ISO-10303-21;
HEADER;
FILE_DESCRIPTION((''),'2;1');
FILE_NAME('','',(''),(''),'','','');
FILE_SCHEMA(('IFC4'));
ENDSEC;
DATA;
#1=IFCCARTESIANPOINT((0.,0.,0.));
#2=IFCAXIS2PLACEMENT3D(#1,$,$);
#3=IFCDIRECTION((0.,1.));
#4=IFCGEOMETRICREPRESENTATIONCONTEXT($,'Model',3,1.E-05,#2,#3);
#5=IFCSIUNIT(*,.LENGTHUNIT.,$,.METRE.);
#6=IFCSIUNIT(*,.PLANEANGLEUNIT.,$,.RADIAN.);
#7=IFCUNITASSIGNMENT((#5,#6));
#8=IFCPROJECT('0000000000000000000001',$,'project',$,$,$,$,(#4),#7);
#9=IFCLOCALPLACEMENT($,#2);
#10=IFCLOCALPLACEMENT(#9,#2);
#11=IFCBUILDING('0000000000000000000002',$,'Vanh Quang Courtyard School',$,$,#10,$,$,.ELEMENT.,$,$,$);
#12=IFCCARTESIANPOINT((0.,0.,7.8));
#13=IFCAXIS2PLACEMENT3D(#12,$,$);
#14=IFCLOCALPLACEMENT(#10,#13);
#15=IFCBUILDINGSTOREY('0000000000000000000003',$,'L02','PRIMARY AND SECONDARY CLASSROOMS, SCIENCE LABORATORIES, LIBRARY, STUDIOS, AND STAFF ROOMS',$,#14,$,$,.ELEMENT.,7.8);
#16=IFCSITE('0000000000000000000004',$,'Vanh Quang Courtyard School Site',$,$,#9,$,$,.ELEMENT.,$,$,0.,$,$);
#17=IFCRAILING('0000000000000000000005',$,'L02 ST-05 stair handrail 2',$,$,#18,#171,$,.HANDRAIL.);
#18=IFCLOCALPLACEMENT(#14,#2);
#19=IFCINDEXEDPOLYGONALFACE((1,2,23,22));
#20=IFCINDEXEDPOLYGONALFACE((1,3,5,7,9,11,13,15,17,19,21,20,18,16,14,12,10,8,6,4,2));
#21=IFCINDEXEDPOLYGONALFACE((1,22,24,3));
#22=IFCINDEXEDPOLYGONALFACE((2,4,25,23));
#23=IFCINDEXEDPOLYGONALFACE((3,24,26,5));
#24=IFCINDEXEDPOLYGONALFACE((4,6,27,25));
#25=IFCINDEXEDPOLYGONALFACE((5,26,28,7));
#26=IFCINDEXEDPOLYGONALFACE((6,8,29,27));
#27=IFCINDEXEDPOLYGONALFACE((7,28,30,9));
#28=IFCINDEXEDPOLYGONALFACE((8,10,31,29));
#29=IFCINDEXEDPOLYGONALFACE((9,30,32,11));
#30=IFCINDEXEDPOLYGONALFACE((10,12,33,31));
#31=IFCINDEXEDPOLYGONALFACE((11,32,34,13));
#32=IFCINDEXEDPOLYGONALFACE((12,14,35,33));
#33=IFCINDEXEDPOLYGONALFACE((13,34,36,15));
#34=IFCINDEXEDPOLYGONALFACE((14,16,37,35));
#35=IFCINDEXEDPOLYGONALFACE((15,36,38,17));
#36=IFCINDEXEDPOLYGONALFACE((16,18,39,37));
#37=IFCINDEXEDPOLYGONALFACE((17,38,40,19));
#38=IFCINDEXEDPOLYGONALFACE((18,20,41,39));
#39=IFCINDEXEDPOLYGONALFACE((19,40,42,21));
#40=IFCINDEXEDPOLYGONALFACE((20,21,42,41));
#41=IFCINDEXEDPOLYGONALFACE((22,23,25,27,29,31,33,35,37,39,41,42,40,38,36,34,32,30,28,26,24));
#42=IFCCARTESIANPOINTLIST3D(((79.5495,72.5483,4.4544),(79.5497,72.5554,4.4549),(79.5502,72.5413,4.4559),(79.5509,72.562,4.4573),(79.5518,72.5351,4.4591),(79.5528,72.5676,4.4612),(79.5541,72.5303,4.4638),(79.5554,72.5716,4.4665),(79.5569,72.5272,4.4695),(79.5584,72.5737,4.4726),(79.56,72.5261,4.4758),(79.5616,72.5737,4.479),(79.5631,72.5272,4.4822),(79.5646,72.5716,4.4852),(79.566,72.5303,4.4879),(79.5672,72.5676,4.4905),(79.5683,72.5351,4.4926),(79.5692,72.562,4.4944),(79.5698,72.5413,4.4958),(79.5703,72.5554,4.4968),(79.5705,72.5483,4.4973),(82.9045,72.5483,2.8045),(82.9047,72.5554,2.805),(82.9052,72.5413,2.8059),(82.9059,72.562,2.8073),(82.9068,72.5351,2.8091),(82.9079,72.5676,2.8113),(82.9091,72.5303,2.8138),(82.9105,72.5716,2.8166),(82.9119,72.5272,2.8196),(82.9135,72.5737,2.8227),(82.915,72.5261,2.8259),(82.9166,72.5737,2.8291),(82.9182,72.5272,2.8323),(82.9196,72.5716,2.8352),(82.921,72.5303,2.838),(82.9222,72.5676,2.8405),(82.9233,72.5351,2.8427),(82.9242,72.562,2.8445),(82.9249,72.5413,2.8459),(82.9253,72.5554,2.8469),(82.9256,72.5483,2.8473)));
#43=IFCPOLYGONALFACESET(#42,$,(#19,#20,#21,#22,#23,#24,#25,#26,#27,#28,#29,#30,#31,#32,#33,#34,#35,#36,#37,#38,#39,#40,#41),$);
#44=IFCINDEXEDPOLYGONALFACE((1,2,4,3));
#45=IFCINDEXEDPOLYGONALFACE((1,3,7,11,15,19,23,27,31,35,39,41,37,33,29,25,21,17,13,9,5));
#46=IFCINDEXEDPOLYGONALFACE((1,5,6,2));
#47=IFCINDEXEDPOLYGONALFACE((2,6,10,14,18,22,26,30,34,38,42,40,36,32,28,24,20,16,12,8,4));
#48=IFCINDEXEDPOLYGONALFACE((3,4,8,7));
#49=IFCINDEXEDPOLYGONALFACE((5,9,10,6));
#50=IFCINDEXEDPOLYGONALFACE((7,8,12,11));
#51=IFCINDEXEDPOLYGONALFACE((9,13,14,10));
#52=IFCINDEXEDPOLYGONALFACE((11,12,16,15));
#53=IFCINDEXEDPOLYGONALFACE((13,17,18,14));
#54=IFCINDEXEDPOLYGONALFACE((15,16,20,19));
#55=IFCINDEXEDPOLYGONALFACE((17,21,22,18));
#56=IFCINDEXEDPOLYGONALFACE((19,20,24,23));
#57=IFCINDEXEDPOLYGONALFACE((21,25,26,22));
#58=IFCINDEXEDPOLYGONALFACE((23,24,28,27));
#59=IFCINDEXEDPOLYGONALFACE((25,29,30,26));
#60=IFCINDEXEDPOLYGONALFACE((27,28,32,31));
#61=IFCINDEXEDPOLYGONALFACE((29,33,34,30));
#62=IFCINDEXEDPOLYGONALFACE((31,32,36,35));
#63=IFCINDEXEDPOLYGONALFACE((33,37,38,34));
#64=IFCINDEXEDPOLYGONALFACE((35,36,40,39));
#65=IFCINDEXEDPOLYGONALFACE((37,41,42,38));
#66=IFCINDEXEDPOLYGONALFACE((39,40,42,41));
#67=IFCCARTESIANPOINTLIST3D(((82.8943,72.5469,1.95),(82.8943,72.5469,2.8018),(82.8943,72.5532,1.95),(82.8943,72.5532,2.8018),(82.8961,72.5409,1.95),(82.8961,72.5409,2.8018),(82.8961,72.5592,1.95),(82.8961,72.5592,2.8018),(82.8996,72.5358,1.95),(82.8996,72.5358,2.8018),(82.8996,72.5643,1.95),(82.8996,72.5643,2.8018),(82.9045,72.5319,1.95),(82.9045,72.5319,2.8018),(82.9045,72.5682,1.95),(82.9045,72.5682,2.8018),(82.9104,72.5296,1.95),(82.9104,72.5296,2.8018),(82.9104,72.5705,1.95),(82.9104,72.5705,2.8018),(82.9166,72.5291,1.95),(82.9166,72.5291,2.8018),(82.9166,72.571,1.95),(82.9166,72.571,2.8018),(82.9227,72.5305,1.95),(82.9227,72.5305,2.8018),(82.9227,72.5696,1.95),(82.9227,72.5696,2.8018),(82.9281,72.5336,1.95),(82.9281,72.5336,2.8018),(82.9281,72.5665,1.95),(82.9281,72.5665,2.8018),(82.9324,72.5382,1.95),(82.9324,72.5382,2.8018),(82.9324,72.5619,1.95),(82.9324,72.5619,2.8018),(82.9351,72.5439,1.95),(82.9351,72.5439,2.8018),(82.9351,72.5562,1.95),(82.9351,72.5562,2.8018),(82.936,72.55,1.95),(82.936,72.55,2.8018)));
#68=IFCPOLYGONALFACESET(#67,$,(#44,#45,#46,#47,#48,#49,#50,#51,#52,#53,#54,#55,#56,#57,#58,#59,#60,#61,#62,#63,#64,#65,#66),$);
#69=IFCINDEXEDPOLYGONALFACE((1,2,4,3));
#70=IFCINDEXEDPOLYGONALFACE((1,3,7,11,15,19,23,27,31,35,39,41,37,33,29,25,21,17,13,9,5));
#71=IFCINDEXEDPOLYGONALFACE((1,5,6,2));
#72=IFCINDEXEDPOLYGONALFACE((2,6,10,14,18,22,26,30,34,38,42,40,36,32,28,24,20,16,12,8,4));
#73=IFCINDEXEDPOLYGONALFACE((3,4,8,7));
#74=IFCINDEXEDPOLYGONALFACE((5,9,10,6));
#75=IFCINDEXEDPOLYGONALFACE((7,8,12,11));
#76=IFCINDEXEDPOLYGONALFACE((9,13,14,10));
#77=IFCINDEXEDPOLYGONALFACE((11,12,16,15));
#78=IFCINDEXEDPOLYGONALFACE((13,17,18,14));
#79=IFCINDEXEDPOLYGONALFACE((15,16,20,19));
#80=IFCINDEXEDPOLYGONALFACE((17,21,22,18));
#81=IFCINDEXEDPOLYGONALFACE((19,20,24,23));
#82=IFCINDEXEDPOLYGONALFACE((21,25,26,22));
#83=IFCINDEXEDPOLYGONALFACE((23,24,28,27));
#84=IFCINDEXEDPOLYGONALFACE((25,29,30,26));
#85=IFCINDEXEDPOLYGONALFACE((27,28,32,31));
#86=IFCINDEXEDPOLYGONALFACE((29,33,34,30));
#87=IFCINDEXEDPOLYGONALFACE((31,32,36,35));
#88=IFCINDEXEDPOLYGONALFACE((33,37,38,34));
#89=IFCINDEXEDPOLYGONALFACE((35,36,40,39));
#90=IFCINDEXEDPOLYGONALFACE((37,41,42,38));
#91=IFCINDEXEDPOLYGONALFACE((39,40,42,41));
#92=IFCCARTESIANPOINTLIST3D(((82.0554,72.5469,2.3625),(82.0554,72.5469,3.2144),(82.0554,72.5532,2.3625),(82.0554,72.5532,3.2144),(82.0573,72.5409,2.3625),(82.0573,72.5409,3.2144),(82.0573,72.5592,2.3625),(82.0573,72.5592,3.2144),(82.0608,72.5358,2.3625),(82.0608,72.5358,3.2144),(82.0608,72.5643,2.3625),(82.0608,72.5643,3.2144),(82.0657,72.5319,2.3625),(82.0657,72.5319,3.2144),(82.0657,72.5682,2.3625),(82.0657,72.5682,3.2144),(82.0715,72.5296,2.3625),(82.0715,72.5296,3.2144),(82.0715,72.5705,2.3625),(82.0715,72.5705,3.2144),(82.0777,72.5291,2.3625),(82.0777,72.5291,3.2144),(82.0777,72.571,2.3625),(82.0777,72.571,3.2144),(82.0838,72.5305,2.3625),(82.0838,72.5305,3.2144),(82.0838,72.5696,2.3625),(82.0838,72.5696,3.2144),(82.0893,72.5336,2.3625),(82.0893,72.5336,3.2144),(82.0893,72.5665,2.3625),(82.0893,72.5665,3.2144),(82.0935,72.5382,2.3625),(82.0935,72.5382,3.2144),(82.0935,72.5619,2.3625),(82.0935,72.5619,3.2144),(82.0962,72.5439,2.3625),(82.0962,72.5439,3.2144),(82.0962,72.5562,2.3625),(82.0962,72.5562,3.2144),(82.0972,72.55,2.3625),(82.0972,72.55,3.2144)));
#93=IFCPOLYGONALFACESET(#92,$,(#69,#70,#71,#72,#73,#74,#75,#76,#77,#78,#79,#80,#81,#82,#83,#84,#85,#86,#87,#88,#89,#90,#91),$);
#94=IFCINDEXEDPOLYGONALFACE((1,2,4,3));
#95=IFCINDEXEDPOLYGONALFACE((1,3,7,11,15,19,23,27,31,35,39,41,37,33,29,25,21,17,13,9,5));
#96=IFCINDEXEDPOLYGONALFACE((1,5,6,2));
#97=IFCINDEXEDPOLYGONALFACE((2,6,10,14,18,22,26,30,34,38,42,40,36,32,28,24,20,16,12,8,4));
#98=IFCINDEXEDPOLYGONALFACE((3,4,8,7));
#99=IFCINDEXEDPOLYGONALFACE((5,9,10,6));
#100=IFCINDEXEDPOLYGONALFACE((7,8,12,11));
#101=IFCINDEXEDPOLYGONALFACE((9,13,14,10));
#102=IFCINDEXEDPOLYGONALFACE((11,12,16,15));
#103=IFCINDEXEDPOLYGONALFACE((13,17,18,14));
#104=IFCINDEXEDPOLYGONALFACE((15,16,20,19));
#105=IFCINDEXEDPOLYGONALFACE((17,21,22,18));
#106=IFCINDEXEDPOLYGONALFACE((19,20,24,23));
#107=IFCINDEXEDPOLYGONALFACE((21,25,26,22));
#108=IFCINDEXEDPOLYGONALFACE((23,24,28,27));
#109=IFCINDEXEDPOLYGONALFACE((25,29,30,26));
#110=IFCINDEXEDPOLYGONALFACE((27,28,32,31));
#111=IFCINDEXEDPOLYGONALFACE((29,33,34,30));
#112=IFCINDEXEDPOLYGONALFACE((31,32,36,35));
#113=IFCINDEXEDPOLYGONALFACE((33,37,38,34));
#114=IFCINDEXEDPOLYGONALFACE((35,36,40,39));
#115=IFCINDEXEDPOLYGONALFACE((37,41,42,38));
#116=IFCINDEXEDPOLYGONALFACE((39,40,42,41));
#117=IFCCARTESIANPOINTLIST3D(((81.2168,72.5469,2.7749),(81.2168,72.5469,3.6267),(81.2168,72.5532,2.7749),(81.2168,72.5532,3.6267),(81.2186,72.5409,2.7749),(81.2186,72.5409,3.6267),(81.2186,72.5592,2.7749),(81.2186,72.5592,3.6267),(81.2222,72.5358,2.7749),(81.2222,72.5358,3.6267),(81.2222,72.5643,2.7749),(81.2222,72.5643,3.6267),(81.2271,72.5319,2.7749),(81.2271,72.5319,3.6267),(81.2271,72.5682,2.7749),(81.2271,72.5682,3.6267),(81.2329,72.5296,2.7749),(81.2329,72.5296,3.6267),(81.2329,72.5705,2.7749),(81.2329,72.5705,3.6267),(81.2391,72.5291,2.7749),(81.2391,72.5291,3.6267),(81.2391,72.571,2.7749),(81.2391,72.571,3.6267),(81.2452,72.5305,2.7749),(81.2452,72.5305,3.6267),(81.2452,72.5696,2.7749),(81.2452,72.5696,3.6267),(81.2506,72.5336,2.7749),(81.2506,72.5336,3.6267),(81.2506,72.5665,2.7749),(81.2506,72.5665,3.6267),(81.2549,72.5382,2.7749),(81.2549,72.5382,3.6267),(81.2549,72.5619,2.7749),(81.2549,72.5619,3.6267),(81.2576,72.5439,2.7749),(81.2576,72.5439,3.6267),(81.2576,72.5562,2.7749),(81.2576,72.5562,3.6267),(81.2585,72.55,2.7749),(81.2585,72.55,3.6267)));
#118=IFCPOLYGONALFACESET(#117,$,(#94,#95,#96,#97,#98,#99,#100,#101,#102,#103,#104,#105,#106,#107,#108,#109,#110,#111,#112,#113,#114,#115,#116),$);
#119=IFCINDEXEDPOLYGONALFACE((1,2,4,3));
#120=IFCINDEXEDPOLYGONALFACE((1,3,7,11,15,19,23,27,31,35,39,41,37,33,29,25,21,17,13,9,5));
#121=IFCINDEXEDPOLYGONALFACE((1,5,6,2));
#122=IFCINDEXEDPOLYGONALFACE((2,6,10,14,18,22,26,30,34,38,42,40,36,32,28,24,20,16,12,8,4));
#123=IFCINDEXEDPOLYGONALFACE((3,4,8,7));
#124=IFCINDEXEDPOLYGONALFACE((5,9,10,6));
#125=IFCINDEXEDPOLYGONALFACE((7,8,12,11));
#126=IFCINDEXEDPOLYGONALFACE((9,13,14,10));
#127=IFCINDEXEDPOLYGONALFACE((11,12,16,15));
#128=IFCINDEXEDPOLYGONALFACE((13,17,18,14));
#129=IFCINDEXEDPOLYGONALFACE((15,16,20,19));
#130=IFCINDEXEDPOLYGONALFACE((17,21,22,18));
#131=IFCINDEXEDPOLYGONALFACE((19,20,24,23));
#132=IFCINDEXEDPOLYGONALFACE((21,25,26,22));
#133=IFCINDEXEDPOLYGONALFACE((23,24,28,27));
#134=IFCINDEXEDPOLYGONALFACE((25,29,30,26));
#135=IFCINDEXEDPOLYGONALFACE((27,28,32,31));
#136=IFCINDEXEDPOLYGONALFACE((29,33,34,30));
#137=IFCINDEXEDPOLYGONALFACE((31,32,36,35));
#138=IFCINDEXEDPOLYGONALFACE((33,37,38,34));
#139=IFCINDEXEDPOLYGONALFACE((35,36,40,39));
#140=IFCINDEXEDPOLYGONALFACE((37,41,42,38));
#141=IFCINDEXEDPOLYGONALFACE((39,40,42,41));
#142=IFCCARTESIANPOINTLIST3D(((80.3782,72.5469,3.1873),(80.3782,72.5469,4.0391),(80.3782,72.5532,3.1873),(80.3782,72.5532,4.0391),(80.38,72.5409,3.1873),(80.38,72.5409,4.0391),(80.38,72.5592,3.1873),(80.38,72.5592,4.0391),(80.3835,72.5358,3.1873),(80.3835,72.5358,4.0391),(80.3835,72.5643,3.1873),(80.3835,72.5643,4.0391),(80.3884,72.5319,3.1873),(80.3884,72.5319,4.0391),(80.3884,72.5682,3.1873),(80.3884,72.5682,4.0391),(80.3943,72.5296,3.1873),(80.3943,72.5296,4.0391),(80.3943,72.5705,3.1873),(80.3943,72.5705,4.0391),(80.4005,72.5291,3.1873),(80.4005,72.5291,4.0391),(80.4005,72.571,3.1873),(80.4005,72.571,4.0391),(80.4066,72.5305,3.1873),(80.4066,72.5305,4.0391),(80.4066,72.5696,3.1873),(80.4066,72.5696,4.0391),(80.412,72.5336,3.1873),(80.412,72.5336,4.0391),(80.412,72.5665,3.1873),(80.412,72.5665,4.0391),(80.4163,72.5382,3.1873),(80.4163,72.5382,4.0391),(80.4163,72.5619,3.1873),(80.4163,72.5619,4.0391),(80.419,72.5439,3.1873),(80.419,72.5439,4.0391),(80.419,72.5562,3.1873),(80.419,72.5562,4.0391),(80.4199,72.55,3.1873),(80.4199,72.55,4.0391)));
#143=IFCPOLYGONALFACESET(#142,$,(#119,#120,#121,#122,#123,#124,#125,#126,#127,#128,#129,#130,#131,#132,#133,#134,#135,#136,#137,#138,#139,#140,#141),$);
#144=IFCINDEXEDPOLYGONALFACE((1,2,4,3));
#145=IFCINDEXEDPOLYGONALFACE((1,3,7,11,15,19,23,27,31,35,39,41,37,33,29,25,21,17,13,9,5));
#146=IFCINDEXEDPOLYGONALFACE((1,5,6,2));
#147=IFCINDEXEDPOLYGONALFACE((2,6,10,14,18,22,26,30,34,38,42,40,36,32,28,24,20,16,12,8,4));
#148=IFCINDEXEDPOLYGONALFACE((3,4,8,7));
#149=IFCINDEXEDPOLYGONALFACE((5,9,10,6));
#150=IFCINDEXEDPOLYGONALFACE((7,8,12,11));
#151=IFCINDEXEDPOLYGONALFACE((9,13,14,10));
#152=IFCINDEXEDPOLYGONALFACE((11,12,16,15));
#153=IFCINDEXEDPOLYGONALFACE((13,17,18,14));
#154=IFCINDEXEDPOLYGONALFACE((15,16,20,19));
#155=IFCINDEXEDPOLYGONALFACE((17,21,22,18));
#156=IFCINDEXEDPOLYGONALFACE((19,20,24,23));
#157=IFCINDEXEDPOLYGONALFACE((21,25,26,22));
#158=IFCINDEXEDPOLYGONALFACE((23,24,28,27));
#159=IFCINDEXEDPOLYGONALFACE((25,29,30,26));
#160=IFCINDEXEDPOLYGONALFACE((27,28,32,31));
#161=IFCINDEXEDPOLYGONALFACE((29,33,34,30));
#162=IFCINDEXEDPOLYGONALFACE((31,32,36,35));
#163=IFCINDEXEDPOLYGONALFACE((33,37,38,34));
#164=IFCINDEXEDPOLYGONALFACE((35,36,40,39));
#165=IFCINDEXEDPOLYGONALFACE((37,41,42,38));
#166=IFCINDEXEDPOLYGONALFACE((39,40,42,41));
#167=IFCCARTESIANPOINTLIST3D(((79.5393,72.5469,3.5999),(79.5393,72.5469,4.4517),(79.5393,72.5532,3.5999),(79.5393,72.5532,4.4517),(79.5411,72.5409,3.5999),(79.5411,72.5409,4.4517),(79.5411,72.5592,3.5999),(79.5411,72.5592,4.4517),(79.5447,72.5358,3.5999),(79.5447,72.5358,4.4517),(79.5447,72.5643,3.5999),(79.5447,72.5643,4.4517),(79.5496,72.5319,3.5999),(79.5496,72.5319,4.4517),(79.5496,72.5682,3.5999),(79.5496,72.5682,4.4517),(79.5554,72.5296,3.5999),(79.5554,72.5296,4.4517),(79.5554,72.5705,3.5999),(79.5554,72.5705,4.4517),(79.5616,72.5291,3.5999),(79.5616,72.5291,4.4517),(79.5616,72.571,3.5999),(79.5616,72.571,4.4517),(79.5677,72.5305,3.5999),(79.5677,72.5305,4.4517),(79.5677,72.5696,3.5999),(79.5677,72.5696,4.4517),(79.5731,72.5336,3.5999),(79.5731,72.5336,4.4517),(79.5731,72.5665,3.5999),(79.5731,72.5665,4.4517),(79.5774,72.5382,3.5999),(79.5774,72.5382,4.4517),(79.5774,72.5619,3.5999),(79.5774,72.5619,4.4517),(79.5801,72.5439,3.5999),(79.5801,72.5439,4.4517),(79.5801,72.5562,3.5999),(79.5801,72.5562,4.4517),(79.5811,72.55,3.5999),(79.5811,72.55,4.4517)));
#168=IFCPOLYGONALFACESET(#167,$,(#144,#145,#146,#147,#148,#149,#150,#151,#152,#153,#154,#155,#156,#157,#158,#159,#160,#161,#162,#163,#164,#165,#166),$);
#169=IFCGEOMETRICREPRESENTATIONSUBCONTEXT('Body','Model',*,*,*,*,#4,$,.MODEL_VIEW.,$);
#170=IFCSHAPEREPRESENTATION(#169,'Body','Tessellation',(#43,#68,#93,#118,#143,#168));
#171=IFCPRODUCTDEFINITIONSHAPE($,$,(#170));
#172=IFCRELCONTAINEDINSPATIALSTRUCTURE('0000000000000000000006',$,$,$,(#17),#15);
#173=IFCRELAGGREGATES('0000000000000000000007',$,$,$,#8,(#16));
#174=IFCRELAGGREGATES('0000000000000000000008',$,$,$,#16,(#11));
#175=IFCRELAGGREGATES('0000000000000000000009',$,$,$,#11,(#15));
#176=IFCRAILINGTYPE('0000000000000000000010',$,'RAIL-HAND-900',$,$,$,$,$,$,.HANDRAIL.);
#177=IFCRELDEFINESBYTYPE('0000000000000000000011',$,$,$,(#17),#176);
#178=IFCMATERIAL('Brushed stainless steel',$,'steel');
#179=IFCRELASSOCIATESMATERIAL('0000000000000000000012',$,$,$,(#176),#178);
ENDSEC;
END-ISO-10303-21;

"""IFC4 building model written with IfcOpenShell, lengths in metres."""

from ifc_helpers import new_model, si_unit, direction, frame, origin, origin_2d, place, context, subcontext, project, spatial, circle, extrude, material, type_object, element, save


model = new_model("IFC4")

# Units and contexts
model_context = context("Model", 3, precision=1e-05, world=origin(), true_north=direction((0.0, 1.0)))
body_context = subcontext(model_context, "Body", "Model", "MODEL_VIEW")
ifc_project = project(units=[si_unit("LENGTHUNIT", "METRE"), si_unit("PLANEANGLEUNIT", "RADIAN")], contexts=[model_context])

# Site, building, storey
site_placement = place(None, origin())
site = spatial("IfcSite", under=ifc_project, at=site_placement, Name="Vanh Quang Courtyard School Site", CompositionType="ELEMENT", RefElevation=0.0)
building_placement = place(site_placement, origin())
building = spatial("IfcBuilding", under=site, at=building_placement, Name="Vanh Quang Courtyard School", CompositionType="ELEMENT")
storey_placement = place(building_placement, frame((0.0, 0.0, 7.8)))
storey = spatial("IfcBuildingStorey", under=building, at=storey_placement, Name="L02", Description="PRIMARY AND SECONDARY CLASSROOMS, SCIENCE LABORATORIES, LIBRARY, STUDIOS, AND STAFF ROOMS", CompositionType="ELEMENT", Elevation=7.8)

# Railing
ifc_material_1 = material(Name="Brushed stainless steel", Category="steel")
railing_type_1 = type_object("IfcRailingType", Name="RAIL-HAND-900", PredefinedType="HANDRAIL", material=ifc_material_1)
railing_1_placement = place(storey_placement, frame((82.915, 72.55, 1.95)))
element("IfcRailing", 1, at=railing_1_placement, inside=storey, type_object=railing_type_1, Name="L02 ST-05 stair handrail 2", PredefinedType="HANDRAIL", context=body_context, shape_type="SweptSolid", body=[
    extrude(circle(Radius=0.0239, at=origin_2d()), frame((0.0, 0.0, 0.876), z_axis=(-0.897359, 0.0, 0.441301), x_axis=(0.0, -1.0, 0.0)), (0.0, 0.0, 1.0), 3.7388),
    extrude(circle(Radius=0.021, at=origin_2d()), origin(), (0.0, 0.0, 1.0), 0.8518),
    extrude(circle(Radius=0.021, at=origin_2d()), frame((-0.8389, 0.0, 0.4126)), (0.0, 0.0, 1.0), 0.8518),
    extrude(circle(Radius=0.021, at=origin_2d()), frame((-1.6775, 0.0, 0.825)), (0.0, 0.0, 1.0), 0.8518),
    extrude(circle(Radius=0.021, at=origin_2d()), frame((-2.5161, 0.0, 1.2373)), (0.0, 0.0, 1.0), 0.8518),
    extrude(circle(Radius=0.021, at=origin_2d()), frame((-3.355, 0.0, 1.6499)), (0.0, 0.0, 1.0), 0.8518),
])

save(model, "model.ifc")
